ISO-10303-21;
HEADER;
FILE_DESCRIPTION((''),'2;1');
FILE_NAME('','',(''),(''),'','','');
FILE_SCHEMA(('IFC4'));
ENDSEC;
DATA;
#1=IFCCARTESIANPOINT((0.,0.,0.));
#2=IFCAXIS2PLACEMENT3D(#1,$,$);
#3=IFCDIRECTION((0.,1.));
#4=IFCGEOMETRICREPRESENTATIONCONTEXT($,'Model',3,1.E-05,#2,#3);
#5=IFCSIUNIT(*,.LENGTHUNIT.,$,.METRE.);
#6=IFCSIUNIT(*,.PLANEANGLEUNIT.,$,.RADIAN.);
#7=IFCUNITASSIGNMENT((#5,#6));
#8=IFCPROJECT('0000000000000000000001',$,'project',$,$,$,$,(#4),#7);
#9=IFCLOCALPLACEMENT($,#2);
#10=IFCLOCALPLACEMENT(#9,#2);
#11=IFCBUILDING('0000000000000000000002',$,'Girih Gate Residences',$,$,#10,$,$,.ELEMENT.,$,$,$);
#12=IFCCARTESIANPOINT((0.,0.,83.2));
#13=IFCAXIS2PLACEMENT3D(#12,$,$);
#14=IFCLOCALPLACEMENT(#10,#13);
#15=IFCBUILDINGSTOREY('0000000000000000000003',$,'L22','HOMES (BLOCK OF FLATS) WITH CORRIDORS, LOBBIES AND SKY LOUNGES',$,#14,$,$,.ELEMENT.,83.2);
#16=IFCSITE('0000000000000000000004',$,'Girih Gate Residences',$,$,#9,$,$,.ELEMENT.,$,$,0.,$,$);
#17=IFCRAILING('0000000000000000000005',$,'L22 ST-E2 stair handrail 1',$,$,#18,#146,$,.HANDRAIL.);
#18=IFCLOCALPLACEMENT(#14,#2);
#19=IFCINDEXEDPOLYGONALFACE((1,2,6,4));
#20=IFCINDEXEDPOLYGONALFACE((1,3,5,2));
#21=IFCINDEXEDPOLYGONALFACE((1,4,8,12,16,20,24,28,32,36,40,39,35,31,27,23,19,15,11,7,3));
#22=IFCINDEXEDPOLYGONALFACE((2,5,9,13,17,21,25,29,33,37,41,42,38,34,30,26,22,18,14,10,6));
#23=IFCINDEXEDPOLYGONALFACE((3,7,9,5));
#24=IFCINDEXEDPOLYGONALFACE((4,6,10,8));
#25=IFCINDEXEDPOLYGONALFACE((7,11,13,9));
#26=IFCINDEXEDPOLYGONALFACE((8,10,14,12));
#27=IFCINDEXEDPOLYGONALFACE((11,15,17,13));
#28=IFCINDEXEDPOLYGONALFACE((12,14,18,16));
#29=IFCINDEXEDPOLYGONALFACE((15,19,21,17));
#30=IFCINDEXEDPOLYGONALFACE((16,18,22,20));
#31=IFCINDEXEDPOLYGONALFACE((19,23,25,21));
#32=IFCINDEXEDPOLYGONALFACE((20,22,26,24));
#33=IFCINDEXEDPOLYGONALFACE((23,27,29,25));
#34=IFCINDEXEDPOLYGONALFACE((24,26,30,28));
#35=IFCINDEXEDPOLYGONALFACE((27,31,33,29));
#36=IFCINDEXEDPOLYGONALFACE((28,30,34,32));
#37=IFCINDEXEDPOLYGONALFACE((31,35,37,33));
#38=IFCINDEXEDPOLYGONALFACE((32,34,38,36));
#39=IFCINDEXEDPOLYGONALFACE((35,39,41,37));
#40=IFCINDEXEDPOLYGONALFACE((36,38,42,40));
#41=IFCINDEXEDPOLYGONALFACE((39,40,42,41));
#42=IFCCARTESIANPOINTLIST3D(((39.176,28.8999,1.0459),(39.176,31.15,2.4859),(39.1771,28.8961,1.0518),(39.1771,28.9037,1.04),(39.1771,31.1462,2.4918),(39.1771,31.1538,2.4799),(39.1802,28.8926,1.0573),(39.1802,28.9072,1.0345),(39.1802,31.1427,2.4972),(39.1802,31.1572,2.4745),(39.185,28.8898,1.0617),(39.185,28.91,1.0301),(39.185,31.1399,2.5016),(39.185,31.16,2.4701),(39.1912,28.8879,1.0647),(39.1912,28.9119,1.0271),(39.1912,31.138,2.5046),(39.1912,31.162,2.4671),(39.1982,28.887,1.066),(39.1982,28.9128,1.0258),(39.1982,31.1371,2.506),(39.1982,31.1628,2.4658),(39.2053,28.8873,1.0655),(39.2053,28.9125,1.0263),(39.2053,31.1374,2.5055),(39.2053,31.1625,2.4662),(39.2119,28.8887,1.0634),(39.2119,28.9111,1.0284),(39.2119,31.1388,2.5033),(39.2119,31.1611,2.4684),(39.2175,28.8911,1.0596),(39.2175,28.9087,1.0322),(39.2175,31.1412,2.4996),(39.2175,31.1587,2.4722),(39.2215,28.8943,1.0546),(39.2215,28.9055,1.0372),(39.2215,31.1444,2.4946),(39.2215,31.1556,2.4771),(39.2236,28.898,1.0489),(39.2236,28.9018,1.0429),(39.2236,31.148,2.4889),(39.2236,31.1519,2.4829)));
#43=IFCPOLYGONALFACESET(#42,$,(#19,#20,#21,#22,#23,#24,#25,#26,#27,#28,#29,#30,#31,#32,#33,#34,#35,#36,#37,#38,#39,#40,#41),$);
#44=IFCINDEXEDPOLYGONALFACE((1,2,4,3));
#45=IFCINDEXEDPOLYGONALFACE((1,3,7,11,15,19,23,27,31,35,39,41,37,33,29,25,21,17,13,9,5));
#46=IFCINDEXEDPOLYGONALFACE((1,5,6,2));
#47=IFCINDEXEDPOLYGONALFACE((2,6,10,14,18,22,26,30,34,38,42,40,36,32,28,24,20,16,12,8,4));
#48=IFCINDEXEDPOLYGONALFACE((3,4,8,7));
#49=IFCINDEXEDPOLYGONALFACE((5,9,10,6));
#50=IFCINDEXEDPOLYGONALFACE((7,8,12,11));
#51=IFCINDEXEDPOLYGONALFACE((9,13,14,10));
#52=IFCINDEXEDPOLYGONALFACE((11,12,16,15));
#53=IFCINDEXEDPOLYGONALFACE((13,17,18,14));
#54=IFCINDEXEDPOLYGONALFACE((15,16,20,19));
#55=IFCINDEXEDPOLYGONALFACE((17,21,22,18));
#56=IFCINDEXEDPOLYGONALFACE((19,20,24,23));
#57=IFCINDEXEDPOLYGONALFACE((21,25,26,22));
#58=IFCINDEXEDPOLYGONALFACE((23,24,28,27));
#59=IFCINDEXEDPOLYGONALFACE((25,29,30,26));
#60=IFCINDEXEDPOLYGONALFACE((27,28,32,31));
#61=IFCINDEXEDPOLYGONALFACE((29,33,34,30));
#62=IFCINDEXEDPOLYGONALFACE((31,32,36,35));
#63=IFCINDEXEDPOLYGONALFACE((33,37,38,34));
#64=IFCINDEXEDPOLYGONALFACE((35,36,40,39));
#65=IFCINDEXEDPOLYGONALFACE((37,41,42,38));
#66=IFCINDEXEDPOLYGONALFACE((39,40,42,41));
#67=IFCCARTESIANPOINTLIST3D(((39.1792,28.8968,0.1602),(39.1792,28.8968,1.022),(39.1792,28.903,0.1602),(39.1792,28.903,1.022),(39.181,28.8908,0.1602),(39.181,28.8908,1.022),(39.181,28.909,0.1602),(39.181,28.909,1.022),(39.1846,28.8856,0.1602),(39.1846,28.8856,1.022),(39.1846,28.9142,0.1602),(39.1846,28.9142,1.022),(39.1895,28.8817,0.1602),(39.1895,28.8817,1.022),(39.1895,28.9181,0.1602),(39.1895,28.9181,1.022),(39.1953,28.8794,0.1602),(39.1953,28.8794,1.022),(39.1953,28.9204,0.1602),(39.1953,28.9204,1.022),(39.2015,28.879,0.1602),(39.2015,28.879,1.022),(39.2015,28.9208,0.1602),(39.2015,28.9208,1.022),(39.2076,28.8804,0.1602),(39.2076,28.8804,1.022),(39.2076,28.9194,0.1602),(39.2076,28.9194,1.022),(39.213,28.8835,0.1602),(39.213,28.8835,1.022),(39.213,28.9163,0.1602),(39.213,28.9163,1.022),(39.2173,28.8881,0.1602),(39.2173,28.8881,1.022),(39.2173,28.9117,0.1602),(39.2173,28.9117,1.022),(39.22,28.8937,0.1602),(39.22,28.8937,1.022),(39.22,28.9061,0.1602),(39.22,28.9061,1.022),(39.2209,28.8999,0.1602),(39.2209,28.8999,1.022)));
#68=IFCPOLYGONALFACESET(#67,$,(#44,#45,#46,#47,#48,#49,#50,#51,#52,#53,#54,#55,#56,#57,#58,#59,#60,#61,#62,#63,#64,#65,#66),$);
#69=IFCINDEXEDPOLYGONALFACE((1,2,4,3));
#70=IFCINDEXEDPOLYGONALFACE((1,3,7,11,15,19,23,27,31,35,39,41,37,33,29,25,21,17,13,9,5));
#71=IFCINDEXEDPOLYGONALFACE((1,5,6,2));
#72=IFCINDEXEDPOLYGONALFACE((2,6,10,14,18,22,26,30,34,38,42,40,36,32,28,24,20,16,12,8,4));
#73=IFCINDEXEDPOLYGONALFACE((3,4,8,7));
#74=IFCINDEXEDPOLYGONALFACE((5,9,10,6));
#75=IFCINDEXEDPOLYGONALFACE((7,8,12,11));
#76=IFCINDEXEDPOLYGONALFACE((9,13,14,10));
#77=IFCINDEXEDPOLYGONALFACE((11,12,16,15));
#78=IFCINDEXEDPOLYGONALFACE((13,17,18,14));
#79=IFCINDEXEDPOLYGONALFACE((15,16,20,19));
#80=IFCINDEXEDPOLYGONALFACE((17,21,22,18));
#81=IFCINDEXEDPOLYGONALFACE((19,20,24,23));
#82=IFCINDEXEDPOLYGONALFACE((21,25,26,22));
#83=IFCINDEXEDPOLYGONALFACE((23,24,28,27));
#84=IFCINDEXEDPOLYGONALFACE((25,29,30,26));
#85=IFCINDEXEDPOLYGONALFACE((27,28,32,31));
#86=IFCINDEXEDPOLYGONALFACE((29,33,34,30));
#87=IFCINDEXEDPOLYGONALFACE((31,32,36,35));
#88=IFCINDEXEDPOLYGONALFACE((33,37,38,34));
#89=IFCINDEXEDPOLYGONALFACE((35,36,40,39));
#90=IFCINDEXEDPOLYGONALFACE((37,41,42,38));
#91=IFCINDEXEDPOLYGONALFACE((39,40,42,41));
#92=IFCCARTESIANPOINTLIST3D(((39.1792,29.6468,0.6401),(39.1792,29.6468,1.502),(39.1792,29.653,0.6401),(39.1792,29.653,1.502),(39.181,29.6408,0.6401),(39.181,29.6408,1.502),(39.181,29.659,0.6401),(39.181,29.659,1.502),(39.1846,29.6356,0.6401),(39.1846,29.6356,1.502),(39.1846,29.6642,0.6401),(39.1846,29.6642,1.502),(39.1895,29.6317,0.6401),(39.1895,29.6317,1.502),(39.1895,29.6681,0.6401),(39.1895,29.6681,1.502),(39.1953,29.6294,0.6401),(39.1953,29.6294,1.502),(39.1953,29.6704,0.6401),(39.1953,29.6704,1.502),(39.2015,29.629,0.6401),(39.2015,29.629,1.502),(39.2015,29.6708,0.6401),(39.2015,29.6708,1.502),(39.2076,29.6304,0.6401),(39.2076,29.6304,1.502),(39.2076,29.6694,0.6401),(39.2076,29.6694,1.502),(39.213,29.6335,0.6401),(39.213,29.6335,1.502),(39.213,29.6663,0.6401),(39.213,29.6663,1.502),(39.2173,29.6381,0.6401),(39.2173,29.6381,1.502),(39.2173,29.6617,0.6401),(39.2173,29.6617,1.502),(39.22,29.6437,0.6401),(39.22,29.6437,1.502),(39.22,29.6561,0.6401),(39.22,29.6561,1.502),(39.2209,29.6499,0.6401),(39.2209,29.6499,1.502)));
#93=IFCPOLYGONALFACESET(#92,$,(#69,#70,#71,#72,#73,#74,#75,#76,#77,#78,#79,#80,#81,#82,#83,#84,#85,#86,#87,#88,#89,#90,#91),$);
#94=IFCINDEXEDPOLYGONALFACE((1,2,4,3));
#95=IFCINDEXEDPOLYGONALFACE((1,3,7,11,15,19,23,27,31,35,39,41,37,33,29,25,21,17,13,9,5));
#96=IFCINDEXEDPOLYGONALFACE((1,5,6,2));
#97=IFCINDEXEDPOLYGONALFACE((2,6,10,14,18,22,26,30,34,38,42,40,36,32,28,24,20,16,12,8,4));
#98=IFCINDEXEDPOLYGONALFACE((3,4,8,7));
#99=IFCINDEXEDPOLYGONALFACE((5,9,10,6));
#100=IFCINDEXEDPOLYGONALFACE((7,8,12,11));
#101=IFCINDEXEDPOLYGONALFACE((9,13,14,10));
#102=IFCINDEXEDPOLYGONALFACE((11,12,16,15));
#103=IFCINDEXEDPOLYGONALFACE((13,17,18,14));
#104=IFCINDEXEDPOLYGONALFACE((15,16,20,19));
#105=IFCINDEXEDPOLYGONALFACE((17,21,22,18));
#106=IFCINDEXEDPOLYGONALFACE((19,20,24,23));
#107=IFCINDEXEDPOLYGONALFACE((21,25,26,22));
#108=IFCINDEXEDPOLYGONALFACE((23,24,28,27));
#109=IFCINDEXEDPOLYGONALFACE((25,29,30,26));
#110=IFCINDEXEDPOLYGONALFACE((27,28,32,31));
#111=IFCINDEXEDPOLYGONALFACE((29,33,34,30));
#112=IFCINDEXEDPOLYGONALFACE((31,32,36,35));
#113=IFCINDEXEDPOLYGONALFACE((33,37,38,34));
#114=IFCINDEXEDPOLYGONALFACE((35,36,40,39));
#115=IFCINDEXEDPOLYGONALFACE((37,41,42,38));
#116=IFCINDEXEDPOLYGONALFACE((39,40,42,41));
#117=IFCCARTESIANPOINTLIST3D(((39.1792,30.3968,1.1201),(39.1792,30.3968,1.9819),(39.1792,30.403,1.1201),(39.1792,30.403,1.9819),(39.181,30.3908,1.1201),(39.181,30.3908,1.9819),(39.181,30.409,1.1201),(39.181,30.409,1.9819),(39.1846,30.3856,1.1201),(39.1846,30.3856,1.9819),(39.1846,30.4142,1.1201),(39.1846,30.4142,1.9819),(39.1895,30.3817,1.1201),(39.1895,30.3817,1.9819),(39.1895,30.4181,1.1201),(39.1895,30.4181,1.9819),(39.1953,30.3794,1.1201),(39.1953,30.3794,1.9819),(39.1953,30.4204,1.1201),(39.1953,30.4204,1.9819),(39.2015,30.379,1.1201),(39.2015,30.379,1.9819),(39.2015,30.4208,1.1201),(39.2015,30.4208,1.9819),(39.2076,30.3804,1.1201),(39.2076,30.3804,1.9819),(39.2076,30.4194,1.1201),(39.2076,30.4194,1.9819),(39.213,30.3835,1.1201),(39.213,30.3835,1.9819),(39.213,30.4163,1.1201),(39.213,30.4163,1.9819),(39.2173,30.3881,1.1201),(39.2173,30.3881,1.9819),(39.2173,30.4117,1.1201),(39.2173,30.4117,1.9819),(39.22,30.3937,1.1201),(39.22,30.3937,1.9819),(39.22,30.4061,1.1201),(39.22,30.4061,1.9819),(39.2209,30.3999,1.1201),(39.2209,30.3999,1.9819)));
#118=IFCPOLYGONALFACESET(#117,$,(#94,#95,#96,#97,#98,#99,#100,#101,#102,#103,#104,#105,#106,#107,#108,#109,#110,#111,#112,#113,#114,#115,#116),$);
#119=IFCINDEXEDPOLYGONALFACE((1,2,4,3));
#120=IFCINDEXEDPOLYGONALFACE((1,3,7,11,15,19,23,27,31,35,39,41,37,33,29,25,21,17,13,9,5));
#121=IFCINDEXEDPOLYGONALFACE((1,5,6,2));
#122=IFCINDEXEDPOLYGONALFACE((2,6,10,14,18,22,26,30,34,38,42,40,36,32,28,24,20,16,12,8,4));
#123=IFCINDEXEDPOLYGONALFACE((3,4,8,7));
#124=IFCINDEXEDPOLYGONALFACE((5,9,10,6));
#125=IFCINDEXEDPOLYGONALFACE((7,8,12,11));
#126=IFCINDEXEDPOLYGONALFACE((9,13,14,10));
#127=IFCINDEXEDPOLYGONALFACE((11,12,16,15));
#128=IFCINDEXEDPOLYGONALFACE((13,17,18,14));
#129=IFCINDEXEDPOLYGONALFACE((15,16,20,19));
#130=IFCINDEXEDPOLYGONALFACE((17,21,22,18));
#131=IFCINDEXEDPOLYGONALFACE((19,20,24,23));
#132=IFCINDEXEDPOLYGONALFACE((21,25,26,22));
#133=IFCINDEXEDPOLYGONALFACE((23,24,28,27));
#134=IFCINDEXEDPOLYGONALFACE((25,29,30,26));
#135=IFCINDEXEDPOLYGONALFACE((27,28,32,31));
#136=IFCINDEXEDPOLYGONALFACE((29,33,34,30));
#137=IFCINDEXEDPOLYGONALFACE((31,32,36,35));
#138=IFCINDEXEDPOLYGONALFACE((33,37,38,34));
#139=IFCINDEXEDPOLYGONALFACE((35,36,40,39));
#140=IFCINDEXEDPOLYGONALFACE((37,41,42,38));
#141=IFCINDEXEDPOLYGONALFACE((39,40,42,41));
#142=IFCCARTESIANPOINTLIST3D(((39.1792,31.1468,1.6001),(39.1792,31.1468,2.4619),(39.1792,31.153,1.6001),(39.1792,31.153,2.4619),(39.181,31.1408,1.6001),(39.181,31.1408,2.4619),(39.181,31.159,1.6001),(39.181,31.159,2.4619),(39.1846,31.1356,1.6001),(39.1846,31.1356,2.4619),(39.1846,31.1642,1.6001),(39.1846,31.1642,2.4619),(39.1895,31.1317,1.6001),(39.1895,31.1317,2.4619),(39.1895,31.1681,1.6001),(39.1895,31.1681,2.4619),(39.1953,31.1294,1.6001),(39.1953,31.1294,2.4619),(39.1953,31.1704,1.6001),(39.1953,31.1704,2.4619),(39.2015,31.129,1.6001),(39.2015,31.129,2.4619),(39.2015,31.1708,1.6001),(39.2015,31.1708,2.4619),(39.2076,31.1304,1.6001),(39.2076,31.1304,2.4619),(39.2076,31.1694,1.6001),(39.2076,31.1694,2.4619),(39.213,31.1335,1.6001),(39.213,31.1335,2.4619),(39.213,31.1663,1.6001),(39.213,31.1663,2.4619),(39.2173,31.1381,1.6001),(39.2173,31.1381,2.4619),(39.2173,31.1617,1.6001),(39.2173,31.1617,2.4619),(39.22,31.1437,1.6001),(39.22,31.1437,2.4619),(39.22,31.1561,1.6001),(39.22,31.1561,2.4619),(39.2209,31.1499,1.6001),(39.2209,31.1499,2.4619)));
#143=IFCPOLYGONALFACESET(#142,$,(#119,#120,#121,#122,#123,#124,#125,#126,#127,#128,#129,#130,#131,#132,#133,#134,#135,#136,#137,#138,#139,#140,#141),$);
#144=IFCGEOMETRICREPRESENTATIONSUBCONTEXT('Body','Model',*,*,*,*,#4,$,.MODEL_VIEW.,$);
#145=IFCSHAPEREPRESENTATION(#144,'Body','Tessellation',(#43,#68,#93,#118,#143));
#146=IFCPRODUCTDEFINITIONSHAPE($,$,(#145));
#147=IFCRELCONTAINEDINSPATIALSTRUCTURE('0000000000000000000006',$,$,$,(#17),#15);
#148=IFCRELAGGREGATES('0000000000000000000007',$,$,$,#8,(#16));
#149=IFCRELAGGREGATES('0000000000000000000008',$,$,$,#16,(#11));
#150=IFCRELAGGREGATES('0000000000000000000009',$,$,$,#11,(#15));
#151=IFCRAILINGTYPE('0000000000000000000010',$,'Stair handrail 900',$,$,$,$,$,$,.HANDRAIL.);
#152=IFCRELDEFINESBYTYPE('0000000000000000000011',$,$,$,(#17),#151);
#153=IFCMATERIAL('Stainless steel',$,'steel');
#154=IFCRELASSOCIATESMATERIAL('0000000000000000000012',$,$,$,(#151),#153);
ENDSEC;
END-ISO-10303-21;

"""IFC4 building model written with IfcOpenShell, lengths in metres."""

from ifc_helpers import new_model, si_unit, direction, frame, origin, origin_2d, place, context, subcontext, project, spatial, circle, extrude, material, type_object, element, save


model = new_model("IFC4")

# Units and contexts
model_context = context("Model", 3, precision=1e-05, world=origin(), true_north=direction((0.0, 1.0)))
body_context = subcontext(model_context, "Body", "Model", "MODEL_VIEW")
ifc_project = project(units=[si_unit("LENGTHUNIT", "METRE"), si_unit("PLANEANGLEUNIT", "RADIAN")], contexts=[model_context])

# Site, building, storey
site_placement = place(None, origin())
site = spatial("IfcSite", under=ifc_project, at=site_placement, Name="Girih Gate Residences", CompositionType="ELEMENT", RefElevation=0.0)
building_placement = place(site_placement, origin())
building = spatial("IfcBuilding", under=site, at=building_placement, Name="Girih Gate Residences", CompositionType="ELEMENT")
storey_placement = place(building_placement, frame((0.0, 0.0, 83.2)))
storey = spatial("IfcBuildingStorey", under=building, at=storey_placement, Name="L22", Description="HOMES (BLOCK OF FLATS) WITH CORRIDORS, LOBBIES AND SKY LOUNGES", CompositionType="ELEMENT", Elevation=83.2)

# Railing
ifc_material_1 = material(Name="Stainless steel", Category="steel")
railing_type_1 = type_object("IfcRailingType", Name="Stair handrail 900", PredefinedType="HANDRAIL", material=ifc_material_1)
railing_1_placement = place(storey_placement, frame((39.2, 28.8999, 0.1602)))
element("IfcRailing", 1, at=railing_1_placement, inside=storey, type_object=railing_type_1, Name="L22 ST-E2 stair handrail 1", PredefinedType="HANDRAIL", context=body_context, shape_type="SweptSolid", body=[
    extrude(circle(Radius=0.0239, at=origin_2d()), frame((0.0, 0.0, 0.8857), z_axis=(0.0, 0.842281, 0.539038), x_axis=(-1.0, 0.0, 0.0)), (0.0, 0.0, 1.0), 2.6714),
    extrude(circle(Radius=0.021, at=origin_2d()), origin(), (0.0, 0.0, 1.0), 0.8618),
    extrude(circle(Radius=0.021, at=origin_2d()), frame((0.0, 0.75, 0.48)), (0.0, 0.0, 1.0), 0.8618),
    extrude(circle(Radius=0.021, at=origin_2d()), frame((0.0, 1.5, 0.96)), (0.0, 0.0, 1.0), 0.8618),
    extrude(circle(Radius=0.021, at=origin_2d()), frame((0.0, 2.25, 1.4399)), (0.0, 0.0, 1.0), 0.8618),
])

save(model, "model.ifc")
